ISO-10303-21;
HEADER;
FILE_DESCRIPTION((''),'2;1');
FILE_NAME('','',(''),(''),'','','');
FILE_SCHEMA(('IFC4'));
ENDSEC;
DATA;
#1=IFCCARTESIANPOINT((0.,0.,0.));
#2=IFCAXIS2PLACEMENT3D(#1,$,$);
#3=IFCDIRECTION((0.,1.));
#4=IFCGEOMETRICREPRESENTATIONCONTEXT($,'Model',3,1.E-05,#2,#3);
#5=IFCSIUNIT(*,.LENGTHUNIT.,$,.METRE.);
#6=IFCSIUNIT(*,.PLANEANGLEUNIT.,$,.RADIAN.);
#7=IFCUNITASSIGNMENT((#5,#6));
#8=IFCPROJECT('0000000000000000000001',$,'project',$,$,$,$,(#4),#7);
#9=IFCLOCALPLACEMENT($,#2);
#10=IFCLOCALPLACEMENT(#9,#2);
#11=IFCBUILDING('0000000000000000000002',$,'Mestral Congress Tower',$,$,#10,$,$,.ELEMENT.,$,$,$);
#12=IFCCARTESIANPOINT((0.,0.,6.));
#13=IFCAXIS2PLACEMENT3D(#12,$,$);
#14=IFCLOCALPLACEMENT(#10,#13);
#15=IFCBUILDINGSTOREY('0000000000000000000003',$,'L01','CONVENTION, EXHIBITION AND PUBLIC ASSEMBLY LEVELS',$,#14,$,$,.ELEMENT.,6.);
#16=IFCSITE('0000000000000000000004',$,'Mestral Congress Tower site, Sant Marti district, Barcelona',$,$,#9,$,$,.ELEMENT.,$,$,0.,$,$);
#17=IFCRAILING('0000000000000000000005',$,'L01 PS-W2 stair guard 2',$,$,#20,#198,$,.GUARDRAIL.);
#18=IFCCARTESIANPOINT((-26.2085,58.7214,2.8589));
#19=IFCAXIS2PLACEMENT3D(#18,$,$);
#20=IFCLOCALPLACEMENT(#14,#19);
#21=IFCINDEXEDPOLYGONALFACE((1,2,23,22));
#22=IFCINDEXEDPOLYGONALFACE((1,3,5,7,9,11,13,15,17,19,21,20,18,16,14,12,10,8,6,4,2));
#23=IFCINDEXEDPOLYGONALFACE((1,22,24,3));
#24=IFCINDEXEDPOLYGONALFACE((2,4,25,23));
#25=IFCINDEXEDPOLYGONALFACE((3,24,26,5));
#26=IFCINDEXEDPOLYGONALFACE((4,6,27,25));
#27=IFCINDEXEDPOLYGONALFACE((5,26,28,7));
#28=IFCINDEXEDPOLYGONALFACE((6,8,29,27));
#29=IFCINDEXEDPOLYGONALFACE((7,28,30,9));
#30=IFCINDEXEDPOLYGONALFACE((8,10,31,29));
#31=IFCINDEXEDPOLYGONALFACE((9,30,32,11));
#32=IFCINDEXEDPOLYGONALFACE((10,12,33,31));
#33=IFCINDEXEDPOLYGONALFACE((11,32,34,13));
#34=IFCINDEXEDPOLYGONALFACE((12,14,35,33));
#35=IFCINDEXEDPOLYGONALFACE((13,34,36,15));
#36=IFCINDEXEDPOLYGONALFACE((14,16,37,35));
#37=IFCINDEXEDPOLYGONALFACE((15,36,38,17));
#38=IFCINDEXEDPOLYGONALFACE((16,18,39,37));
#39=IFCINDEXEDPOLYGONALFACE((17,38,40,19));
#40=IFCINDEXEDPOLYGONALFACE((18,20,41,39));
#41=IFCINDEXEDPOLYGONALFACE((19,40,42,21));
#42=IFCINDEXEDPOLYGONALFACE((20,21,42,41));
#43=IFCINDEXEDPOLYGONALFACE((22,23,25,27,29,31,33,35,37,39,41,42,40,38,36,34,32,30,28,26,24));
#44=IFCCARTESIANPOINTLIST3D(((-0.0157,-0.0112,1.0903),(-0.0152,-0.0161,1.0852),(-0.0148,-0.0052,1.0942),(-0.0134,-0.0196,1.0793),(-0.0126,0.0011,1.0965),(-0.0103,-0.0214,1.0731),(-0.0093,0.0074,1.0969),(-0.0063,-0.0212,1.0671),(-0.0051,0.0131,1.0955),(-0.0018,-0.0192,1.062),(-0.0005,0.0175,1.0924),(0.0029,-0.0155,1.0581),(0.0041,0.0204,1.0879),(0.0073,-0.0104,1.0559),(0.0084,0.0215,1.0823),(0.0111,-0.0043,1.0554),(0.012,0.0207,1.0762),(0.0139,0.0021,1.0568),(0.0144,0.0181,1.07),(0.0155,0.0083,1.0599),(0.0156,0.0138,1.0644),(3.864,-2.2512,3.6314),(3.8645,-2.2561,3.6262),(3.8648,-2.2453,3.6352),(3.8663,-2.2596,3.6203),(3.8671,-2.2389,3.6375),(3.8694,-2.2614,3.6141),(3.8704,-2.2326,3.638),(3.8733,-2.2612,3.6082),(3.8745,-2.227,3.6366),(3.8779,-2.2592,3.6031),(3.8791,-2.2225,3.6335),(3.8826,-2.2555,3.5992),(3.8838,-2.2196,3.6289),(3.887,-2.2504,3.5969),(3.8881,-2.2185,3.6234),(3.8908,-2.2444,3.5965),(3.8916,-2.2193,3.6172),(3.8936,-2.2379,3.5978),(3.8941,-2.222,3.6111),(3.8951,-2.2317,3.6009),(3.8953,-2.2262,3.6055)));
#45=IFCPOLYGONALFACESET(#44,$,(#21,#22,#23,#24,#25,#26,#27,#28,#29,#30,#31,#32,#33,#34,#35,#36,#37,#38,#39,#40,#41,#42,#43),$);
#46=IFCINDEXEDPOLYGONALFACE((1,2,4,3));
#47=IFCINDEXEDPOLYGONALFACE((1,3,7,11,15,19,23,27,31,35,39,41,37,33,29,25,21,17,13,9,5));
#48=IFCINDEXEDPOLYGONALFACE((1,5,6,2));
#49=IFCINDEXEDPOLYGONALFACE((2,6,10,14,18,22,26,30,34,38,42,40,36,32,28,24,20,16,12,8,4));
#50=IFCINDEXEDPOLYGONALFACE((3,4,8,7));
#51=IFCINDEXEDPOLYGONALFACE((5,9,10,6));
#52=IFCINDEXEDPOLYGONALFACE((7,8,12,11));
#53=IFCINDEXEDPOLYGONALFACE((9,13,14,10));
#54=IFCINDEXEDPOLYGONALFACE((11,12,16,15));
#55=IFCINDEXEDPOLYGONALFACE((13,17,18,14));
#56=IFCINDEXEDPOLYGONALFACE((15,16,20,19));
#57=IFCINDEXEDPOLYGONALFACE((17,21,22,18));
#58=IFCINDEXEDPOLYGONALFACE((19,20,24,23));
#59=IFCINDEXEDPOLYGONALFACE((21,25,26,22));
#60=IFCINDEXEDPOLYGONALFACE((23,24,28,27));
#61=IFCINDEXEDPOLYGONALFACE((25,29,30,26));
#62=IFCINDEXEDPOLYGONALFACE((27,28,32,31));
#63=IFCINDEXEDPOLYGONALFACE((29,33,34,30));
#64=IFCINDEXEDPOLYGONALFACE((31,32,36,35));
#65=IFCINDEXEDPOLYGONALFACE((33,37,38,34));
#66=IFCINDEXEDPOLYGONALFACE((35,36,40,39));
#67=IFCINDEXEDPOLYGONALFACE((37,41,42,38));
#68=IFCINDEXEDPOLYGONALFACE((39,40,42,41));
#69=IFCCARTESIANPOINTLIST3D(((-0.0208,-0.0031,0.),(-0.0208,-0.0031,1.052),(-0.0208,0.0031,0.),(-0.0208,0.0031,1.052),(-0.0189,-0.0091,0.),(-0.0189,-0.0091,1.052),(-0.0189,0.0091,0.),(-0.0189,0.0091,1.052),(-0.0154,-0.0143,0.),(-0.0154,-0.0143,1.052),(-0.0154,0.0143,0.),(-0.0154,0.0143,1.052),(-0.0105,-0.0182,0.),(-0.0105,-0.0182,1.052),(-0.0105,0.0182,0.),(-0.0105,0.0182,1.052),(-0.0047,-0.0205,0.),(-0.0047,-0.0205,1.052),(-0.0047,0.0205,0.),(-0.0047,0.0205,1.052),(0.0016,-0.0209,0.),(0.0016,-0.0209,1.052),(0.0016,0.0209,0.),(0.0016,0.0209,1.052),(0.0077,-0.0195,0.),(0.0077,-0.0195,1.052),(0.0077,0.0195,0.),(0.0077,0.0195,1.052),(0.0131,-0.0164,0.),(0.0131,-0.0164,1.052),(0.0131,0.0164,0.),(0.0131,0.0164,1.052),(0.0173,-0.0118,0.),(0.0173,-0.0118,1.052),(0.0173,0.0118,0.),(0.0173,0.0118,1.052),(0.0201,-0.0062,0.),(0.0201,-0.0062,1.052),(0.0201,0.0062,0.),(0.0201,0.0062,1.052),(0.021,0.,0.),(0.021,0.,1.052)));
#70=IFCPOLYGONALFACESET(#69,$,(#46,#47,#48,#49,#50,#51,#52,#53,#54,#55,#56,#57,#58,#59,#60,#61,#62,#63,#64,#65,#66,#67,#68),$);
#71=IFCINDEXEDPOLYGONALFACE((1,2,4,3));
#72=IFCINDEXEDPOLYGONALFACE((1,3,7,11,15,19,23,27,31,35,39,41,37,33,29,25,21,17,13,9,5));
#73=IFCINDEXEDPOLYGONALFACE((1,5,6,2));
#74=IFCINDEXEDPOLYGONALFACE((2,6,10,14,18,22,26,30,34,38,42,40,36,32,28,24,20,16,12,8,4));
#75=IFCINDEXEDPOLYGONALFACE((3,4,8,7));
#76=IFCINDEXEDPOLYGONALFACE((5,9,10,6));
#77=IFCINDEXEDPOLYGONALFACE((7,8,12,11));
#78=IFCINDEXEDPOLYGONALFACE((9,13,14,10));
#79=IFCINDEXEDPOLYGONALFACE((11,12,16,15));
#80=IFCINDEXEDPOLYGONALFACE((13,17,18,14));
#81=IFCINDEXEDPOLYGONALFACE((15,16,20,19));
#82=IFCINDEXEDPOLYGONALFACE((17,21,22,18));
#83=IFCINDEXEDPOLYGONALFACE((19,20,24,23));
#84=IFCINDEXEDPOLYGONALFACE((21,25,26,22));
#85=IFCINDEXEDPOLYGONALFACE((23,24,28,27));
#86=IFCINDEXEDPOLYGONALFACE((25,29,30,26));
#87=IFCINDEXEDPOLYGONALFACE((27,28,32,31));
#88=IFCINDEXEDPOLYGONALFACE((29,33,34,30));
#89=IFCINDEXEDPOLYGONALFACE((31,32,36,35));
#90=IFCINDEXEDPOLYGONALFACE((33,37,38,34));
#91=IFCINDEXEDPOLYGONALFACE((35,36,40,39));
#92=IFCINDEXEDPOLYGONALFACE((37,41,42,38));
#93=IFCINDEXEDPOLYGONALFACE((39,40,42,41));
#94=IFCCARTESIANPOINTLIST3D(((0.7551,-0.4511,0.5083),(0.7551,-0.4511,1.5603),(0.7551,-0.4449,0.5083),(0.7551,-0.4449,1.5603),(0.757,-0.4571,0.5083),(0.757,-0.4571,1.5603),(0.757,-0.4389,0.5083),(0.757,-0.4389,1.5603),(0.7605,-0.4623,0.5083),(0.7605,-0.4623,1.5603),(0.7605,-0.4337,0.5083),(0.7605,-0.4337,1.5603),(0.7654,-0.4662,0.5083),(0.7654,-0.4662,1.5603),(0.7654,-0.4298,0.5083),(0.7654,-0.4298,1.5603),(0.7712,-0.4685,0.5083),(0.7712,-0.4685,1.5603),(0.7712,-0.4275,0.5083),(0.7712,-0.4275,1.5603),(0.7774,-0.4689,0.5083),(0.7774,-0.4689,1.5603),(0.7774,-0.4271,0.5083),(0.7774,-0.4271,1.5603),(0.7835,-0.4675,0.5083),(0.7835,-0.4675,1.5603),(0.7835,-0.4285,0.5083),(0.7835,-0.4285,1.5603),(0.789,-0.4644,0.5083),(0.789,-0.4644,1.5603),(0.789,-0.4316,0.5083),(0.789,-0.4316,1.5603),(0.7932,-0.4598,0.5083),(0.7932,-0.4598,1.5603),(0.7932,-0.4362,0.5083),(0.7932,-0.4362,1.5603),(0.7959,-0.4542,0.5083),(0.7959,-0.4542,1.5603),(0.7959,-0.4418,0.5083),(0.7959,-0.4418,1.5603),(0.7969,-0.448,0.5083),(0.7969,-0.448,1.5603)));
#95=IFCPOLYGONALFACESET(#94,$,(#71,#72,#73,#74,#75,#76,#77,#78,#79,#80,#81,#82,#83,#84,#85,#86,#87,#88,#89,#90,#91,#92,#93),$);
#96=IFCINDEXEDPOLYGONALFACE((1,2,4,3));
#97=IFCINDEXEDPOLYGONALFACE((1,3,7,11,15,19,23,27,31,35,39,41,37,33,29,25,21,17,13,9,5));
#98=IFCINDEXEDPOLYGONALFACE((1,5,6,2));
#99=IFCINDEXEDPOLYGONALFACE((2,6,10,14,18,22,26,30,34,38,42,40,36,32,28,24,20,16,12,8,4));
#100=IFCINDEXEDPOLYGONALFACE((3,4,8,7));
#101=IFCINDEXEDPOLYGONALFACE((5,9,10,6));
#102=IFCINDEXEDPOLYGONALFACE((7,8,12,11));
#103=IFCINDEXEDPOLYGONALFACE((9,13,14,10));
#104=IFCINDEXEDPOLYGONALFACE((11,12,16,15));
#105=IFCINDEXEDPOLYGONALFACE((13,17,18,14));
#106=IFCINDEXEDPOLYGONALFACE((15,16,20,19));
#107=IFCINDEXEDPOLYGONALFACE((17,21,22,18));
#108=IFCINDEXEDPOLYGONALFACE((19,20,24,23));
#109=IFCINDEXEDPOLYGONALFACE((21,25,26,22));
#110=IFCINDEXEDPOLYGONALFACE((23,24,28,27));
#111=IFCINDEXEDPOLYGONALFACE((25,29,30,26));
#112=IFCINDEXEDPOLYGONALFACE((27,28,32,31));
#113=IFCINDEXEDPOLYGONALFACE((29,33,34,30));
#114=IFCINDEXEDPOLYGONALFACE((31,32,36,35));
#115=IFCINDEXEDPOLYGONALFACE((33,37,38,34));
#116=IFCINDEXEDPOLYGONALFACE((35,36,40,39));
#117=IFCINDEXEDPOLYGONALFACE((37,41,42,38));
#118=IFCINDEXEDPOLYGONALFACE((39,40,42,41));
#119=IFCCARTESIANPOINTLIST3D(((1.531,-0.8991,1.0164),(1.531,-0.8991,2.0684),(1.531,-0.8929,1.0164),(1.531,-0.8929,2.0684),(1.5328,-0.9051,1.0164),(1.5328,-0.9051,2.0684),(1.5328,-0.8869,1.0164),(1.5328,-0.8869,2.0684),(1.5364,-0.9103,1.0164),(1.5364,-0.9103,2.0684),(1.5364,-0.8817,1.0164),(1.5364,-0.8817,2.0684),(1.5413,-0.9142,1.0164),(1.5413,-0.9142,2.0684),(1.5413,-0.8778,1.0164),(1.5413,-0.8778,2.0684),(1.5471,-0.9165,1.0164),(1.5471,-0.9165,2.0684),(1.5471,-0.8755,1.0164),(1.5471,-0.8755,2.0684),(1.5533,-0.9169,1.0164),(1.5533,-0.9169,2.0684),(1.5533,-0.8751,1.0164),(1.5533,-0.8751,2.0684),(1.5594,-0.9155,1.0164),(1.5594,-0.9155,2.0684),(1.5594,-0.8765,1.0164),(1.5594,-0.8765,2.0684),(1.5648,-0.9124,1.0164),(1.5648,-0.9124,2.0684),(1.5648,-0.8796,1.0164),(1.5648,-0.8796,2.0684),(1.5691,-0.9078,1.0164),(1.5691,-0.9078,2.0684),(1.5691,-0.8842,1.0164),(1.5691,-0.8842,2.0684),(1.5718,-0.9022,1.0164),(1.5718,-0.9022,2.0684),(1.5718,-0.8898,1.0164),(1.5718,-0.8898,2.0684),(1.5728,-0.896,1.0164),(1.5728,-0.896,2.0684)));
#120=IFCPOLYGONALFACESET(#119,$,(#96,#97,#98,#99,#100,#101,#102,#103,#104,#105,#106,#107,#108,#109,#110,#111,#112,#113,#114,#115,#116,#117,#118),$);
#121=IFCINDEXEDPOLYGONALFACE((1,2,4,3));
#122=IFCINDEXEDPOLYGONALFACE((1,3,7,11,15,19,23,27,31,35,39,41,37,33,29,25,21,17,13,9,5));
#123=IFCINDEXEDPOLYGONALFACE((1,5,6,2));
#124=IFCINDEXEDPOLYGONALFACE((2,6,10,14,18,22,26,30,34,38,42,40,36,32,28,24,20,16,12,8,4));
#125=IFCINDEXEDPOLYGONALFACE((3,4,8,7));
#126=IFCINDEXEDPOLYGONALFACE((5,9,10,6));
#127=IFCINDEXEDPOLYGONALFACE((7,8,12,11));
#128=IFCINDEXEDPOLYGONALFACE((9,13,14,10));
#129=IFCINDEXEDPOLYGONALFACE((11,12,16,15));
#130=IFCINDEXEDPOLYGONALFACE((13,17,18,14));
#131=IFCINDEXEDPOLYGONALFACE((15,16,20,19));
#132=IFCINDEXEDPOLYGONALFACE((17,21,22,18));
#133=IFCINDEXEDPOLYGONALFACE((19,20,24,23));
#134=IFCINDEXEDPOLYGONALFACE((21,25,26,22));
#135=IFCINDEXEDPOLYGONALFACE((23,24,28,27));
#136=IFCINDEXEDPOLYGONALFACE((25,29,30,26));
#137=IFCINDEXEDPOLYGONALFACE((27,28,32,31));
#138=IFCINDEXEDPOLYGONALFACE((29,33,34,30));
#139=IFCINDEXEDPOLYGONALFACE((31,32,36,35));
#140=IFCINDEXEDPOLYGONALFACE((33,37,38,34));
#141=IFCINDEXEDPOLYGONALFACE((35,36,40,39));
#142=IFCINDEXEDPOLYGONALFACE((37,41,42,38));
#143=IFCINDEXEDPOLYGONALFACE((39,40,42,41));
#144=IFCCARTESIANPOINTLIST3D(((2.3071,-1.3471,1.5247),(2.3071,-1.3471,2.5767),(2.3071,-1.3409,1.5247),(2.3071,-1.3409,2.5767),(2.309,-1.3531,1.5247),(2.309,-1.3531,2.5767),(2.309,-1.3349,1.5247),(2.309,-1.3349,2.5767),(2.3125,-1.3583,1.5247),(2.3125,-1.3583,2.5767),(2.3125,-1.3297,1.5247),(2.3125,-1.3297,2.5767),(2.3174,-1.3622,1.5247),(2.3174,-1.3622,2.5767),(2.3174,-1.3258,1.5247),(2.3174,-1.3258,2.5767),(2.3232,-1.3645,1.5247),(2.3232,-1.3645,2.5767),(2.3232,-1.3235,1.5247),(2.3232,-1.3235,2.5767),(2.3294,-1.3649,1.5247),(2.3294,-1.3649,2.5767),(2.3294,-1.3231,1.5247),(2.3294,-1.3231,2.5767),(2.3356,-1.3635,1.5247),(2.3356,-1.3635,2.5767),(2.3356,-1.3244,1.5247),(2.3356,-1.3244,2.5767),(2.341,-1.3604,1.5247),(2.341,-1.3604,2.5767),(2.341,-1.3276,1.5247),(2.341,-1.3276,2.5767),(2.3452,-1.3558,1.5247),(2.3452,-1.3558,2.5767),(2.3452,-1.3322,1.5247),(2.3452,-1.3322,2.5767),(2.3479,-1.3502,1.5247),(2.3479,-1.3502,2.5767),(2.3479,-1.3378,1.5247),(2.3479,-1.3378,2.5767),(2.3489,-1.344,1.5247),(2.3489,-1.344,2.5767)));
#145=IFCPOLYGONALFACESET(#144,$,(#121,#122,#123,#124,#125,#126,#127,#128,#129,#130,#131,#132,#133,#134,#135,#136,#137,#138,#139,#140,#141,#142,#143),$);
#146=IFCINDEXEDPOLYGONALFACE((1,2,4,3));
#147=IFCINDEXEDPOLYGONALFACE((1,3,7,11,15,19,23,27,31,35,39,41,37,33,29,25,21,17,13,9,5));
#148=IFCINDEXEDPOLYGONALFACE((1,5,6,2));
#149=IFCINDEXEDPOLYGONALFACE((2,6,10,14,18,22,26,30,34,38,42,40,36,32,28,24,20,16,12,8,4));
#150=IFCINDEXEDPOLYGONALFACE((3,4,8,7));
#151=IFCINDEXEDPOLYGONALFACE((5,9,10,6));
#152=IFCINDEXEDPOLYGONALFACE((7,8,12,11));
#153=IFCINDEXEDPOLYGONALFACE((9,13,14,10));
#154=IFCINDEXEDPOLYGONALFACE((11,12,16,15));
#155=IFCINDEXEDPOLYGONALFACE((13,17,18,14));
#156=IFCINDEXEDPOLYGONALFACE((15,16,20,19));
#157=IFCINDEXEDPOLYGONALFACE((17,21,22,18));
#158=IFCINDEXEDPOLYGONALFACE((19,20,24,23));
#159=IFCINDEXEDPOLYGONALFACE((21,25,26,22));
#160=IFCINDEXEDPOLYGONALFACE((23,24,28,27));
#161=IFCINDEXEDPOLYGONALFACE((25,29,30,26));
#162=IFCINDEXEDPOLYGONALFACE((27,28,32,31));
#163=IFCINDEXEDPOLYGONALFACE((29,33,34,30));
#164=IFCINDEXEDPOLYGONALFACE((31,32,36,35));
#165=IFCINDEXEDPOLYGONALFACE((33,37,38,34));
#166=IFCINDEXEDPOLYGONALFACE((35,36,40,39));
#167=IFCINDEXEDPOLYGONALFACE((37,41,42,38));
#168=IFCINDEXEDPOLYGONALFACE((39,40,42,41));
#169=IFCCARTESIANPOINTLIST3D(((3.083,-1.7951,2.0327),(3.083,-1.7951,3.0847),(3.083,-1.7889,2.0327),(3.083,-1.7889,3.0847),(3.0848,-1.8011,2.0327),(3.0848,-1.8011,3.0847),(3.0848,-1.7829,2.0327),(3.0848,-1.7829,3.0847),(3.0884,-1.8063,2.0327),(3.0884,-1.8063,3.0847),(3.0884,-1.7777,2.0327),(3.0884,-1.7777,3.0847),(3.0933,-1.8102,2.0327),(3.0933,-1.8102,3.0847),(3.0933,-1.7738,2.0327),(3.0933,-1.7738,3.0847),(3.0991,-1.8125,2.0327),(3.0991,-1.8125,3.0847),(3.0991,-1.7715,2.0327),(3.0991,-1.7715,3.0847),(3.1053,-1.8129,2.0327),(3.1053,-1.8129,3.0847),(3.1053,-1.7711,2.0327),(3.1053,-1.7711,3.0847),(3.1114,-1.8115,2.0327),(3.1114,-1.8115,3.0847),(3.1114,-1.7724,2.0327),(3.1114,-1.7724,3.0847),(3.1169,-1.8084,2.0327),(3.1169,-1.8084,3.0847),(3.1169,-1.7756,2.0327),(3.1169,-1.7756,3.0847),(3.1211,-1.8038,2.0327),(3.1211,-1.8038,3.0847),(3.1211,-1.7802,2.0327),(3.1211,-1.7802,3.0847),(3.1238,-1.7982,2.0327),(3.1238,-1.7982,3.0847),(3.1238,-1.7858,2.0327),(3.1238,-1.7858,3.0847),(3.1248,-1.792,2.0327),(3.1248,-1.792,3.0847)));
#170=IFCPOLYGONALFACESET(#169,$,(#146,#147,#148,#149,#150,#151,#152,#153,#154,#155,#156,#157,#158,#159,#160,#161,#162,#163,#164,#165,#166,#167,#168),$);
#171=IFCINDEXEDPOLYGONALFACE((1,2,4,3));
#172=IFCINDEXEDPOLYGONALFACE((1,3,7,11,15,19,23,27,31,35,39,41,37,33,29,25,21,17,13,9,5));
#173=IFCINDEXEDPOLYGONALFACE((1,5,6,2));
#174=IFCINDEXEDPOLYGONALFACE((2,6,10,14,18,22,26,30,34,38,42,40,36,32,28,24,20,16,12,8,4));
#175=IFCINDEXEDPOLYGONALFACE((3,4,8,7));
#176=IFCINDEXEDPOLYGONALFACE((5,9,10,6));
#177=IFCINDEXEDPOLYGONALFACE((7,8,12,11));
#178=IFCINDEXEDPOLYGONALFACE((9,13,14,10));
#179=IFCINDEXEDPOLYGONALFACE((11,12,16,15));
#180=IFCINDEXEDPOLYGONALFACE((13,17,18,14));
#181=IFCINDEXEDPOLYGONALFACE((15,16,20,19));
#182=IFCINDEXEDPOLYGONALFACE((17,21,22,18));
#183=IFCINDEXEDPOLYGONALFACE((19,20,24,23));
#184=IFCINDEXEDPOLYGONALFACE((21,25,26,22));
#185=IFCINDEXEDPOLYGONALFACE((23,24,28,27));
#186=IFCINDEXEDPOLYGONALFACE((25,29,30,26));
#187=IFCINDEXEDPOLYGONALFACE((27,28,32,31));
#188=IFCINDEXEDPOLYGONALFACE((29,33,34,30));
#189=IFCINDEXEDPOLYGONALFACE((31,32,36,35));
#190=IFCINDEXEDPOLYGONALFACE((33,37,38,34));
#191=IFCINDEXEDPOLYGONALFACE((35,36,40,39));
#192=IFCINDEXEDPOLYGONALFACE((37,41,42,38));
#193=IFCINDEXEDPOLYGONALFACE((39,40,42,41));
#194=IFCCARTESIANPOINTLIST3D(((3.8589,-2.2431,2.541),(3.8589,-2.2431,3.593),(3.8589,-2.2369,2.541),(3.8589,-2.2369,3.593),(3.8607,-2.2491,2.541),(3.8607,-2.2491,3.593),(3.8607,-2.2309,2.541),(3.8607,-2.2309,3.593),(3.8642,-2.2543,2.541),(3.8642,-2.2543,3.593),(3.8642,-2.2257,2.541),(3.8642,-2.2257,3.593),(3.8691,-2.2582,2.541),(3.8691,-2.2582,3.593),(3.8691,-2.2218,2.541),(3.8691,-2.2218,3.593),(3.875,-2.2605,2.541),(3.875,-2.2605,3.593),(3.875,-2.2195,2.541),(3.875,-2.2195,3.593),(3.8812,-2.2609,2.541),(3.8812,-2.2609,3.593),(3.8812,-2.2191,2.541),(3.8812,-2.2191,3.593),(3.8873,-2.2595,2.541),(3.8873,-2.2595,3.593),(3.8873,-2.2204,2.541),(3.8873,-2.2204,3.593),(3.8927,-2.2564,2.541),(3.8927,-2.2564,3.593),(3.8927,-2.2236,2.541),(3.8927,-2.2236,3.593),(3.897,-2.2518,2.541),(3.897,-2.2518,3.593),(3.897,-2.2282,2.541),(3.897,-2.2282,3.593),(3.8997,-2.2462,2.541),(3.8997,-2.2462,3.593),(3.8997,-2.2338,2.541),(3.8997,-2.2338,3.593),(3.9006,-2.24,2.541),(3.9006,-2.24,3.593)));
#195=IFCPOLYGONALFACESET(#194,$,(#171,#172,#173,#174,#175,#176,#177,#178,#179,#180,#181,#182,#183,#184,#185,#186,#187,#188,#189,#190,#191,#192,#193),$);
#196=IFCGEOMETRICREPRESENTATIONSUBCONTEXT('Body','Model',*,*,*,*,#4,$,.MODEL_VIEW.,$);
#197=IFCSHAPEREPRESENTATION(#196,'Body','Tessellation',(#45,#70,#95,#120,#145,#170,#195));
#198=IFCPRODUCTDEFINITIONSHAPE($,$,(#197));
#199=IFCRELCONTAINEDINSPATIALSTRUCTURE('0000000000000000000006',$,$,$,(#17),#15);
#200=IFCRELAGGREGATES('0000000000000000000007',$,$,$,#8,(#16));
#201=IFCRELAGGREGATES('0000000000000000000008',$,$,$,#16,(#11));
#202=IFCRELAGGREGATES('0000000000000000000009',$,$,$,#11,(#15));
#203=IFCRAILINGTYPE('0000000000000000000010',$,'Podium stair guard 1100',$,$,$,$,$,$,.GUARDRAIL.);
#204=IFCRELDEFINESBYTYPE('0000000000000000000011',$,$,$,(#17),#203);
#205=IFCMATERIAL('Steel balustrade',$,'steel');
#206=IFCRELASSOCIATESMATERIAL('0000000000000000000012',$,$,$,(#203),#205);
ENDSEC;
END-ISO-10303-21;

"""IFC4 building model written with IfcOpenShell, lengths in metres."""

from ifc_helpers import new_model, si_unit, direction, frame, origin, origin_2d, place, context, subcontext, project, spatial, circle, extrude, material, type_object, element, save


model = new_model("IFC4")

# Units and contexts
model_context = context("Model", 3, precision=1e-05, world=origin(), true_north=direction((0.0, 1.0)))
body_context = subcontext(model_context, "Body", "Model", "MODEL_VIEW")
ifc_project = project(units=[si_unit("LENGTHUNIT", "METRE"), si_unit("PLANEANGLEUNIT", "RADIAN")], contexts=[model_context])

# Site, building, storey
site_placement = place(None, origin())
site = spatial("IfcSite", under=ifc_project, at=site_placement, Name="Mestral Congress Tower site, Sant Marti district, Barcelona", CompositionType="ELEMENT", RefElevation=0.0)
building_placement = place(site_placement, origin())
building = spatial("IfcBuilding", under=site, at=building_placement, Name="Mestral Congress Tower", CompositionType="ELEMENT")
storey_placement = place(building_placement, frame((0.0, 0.0, 6.0)))
storey = spatial("IfcBuildingStorey", under=building, at=storey_placement, Name="L01", Description="CONVENTION, EXHIBITION AND PUBLIC ASSEMBLY LEVELS", CompositionType="ELEMENT", Elevation=6.0)

# Railing
ifc_material_1 = material(Name="Steel balustrade", Category="steel")
railing_type_1 = type_object("IfcRailingType", Name="Podium stair guard 1100", PredefinedType="GUARDRAIL", material=ifc_material_1)
railing_1_placement = place(storey_placement, frame((-26.2085, 58.7214, 2.8589)))
element("IfcRailing", 1, at=railing_1_placement, inside=storey, type_object=railing_type_1, Name="L01 PS-W2 stair guard 2", PredefinedType="GUARDRAIL", context=body_context, shape_type="SweptSolid", body=[
    extrude(circle(Radius=0.0239, at=origin_2d()), frame((0.0, 0.0, 1.0762), z_axis=(0.753279, -0.434922, 0.493369), x_axis=(0.500013, 0.866018, 0.0)), (0.0, 0.0, 1.0), 5.1504),
    extrude(circle(Radius=0.021, at=origin_2d()), origin(), (0.0, 0.0, 1.0), 1.052),
    extrude(circle(Radius=0.021, at=origin_2d()), frame((0.7759, -0.448, 0.5083)), (0.0, 0.0, 1.0), 1.052),
    extrude(circle(Radius=0.021, at=origin_2d()), frame((1.5518, -0.896, 1.0164)), (0.0, 0.0, 1.0), 1.052),
    extrude(circle(Radius=0.021, at=origin_2d()), frame((2.3279, -1.344, 1.5247)), (0.0, 0.0, 1.0), 1.052),
    extrude(circle(Radius=0.021, at=origin_2d()), frame((3.1038, -1.792, 2.0327)), (0.0, 0.0, 1.0), 1.052),
    extrude(circle(Radius=0.021, at=origin_2d()), frame((3.8796, -2.24, 2.541)), (0.0, 0.0, 1.0), 1.052),
])

save(model, "model.ifc")
